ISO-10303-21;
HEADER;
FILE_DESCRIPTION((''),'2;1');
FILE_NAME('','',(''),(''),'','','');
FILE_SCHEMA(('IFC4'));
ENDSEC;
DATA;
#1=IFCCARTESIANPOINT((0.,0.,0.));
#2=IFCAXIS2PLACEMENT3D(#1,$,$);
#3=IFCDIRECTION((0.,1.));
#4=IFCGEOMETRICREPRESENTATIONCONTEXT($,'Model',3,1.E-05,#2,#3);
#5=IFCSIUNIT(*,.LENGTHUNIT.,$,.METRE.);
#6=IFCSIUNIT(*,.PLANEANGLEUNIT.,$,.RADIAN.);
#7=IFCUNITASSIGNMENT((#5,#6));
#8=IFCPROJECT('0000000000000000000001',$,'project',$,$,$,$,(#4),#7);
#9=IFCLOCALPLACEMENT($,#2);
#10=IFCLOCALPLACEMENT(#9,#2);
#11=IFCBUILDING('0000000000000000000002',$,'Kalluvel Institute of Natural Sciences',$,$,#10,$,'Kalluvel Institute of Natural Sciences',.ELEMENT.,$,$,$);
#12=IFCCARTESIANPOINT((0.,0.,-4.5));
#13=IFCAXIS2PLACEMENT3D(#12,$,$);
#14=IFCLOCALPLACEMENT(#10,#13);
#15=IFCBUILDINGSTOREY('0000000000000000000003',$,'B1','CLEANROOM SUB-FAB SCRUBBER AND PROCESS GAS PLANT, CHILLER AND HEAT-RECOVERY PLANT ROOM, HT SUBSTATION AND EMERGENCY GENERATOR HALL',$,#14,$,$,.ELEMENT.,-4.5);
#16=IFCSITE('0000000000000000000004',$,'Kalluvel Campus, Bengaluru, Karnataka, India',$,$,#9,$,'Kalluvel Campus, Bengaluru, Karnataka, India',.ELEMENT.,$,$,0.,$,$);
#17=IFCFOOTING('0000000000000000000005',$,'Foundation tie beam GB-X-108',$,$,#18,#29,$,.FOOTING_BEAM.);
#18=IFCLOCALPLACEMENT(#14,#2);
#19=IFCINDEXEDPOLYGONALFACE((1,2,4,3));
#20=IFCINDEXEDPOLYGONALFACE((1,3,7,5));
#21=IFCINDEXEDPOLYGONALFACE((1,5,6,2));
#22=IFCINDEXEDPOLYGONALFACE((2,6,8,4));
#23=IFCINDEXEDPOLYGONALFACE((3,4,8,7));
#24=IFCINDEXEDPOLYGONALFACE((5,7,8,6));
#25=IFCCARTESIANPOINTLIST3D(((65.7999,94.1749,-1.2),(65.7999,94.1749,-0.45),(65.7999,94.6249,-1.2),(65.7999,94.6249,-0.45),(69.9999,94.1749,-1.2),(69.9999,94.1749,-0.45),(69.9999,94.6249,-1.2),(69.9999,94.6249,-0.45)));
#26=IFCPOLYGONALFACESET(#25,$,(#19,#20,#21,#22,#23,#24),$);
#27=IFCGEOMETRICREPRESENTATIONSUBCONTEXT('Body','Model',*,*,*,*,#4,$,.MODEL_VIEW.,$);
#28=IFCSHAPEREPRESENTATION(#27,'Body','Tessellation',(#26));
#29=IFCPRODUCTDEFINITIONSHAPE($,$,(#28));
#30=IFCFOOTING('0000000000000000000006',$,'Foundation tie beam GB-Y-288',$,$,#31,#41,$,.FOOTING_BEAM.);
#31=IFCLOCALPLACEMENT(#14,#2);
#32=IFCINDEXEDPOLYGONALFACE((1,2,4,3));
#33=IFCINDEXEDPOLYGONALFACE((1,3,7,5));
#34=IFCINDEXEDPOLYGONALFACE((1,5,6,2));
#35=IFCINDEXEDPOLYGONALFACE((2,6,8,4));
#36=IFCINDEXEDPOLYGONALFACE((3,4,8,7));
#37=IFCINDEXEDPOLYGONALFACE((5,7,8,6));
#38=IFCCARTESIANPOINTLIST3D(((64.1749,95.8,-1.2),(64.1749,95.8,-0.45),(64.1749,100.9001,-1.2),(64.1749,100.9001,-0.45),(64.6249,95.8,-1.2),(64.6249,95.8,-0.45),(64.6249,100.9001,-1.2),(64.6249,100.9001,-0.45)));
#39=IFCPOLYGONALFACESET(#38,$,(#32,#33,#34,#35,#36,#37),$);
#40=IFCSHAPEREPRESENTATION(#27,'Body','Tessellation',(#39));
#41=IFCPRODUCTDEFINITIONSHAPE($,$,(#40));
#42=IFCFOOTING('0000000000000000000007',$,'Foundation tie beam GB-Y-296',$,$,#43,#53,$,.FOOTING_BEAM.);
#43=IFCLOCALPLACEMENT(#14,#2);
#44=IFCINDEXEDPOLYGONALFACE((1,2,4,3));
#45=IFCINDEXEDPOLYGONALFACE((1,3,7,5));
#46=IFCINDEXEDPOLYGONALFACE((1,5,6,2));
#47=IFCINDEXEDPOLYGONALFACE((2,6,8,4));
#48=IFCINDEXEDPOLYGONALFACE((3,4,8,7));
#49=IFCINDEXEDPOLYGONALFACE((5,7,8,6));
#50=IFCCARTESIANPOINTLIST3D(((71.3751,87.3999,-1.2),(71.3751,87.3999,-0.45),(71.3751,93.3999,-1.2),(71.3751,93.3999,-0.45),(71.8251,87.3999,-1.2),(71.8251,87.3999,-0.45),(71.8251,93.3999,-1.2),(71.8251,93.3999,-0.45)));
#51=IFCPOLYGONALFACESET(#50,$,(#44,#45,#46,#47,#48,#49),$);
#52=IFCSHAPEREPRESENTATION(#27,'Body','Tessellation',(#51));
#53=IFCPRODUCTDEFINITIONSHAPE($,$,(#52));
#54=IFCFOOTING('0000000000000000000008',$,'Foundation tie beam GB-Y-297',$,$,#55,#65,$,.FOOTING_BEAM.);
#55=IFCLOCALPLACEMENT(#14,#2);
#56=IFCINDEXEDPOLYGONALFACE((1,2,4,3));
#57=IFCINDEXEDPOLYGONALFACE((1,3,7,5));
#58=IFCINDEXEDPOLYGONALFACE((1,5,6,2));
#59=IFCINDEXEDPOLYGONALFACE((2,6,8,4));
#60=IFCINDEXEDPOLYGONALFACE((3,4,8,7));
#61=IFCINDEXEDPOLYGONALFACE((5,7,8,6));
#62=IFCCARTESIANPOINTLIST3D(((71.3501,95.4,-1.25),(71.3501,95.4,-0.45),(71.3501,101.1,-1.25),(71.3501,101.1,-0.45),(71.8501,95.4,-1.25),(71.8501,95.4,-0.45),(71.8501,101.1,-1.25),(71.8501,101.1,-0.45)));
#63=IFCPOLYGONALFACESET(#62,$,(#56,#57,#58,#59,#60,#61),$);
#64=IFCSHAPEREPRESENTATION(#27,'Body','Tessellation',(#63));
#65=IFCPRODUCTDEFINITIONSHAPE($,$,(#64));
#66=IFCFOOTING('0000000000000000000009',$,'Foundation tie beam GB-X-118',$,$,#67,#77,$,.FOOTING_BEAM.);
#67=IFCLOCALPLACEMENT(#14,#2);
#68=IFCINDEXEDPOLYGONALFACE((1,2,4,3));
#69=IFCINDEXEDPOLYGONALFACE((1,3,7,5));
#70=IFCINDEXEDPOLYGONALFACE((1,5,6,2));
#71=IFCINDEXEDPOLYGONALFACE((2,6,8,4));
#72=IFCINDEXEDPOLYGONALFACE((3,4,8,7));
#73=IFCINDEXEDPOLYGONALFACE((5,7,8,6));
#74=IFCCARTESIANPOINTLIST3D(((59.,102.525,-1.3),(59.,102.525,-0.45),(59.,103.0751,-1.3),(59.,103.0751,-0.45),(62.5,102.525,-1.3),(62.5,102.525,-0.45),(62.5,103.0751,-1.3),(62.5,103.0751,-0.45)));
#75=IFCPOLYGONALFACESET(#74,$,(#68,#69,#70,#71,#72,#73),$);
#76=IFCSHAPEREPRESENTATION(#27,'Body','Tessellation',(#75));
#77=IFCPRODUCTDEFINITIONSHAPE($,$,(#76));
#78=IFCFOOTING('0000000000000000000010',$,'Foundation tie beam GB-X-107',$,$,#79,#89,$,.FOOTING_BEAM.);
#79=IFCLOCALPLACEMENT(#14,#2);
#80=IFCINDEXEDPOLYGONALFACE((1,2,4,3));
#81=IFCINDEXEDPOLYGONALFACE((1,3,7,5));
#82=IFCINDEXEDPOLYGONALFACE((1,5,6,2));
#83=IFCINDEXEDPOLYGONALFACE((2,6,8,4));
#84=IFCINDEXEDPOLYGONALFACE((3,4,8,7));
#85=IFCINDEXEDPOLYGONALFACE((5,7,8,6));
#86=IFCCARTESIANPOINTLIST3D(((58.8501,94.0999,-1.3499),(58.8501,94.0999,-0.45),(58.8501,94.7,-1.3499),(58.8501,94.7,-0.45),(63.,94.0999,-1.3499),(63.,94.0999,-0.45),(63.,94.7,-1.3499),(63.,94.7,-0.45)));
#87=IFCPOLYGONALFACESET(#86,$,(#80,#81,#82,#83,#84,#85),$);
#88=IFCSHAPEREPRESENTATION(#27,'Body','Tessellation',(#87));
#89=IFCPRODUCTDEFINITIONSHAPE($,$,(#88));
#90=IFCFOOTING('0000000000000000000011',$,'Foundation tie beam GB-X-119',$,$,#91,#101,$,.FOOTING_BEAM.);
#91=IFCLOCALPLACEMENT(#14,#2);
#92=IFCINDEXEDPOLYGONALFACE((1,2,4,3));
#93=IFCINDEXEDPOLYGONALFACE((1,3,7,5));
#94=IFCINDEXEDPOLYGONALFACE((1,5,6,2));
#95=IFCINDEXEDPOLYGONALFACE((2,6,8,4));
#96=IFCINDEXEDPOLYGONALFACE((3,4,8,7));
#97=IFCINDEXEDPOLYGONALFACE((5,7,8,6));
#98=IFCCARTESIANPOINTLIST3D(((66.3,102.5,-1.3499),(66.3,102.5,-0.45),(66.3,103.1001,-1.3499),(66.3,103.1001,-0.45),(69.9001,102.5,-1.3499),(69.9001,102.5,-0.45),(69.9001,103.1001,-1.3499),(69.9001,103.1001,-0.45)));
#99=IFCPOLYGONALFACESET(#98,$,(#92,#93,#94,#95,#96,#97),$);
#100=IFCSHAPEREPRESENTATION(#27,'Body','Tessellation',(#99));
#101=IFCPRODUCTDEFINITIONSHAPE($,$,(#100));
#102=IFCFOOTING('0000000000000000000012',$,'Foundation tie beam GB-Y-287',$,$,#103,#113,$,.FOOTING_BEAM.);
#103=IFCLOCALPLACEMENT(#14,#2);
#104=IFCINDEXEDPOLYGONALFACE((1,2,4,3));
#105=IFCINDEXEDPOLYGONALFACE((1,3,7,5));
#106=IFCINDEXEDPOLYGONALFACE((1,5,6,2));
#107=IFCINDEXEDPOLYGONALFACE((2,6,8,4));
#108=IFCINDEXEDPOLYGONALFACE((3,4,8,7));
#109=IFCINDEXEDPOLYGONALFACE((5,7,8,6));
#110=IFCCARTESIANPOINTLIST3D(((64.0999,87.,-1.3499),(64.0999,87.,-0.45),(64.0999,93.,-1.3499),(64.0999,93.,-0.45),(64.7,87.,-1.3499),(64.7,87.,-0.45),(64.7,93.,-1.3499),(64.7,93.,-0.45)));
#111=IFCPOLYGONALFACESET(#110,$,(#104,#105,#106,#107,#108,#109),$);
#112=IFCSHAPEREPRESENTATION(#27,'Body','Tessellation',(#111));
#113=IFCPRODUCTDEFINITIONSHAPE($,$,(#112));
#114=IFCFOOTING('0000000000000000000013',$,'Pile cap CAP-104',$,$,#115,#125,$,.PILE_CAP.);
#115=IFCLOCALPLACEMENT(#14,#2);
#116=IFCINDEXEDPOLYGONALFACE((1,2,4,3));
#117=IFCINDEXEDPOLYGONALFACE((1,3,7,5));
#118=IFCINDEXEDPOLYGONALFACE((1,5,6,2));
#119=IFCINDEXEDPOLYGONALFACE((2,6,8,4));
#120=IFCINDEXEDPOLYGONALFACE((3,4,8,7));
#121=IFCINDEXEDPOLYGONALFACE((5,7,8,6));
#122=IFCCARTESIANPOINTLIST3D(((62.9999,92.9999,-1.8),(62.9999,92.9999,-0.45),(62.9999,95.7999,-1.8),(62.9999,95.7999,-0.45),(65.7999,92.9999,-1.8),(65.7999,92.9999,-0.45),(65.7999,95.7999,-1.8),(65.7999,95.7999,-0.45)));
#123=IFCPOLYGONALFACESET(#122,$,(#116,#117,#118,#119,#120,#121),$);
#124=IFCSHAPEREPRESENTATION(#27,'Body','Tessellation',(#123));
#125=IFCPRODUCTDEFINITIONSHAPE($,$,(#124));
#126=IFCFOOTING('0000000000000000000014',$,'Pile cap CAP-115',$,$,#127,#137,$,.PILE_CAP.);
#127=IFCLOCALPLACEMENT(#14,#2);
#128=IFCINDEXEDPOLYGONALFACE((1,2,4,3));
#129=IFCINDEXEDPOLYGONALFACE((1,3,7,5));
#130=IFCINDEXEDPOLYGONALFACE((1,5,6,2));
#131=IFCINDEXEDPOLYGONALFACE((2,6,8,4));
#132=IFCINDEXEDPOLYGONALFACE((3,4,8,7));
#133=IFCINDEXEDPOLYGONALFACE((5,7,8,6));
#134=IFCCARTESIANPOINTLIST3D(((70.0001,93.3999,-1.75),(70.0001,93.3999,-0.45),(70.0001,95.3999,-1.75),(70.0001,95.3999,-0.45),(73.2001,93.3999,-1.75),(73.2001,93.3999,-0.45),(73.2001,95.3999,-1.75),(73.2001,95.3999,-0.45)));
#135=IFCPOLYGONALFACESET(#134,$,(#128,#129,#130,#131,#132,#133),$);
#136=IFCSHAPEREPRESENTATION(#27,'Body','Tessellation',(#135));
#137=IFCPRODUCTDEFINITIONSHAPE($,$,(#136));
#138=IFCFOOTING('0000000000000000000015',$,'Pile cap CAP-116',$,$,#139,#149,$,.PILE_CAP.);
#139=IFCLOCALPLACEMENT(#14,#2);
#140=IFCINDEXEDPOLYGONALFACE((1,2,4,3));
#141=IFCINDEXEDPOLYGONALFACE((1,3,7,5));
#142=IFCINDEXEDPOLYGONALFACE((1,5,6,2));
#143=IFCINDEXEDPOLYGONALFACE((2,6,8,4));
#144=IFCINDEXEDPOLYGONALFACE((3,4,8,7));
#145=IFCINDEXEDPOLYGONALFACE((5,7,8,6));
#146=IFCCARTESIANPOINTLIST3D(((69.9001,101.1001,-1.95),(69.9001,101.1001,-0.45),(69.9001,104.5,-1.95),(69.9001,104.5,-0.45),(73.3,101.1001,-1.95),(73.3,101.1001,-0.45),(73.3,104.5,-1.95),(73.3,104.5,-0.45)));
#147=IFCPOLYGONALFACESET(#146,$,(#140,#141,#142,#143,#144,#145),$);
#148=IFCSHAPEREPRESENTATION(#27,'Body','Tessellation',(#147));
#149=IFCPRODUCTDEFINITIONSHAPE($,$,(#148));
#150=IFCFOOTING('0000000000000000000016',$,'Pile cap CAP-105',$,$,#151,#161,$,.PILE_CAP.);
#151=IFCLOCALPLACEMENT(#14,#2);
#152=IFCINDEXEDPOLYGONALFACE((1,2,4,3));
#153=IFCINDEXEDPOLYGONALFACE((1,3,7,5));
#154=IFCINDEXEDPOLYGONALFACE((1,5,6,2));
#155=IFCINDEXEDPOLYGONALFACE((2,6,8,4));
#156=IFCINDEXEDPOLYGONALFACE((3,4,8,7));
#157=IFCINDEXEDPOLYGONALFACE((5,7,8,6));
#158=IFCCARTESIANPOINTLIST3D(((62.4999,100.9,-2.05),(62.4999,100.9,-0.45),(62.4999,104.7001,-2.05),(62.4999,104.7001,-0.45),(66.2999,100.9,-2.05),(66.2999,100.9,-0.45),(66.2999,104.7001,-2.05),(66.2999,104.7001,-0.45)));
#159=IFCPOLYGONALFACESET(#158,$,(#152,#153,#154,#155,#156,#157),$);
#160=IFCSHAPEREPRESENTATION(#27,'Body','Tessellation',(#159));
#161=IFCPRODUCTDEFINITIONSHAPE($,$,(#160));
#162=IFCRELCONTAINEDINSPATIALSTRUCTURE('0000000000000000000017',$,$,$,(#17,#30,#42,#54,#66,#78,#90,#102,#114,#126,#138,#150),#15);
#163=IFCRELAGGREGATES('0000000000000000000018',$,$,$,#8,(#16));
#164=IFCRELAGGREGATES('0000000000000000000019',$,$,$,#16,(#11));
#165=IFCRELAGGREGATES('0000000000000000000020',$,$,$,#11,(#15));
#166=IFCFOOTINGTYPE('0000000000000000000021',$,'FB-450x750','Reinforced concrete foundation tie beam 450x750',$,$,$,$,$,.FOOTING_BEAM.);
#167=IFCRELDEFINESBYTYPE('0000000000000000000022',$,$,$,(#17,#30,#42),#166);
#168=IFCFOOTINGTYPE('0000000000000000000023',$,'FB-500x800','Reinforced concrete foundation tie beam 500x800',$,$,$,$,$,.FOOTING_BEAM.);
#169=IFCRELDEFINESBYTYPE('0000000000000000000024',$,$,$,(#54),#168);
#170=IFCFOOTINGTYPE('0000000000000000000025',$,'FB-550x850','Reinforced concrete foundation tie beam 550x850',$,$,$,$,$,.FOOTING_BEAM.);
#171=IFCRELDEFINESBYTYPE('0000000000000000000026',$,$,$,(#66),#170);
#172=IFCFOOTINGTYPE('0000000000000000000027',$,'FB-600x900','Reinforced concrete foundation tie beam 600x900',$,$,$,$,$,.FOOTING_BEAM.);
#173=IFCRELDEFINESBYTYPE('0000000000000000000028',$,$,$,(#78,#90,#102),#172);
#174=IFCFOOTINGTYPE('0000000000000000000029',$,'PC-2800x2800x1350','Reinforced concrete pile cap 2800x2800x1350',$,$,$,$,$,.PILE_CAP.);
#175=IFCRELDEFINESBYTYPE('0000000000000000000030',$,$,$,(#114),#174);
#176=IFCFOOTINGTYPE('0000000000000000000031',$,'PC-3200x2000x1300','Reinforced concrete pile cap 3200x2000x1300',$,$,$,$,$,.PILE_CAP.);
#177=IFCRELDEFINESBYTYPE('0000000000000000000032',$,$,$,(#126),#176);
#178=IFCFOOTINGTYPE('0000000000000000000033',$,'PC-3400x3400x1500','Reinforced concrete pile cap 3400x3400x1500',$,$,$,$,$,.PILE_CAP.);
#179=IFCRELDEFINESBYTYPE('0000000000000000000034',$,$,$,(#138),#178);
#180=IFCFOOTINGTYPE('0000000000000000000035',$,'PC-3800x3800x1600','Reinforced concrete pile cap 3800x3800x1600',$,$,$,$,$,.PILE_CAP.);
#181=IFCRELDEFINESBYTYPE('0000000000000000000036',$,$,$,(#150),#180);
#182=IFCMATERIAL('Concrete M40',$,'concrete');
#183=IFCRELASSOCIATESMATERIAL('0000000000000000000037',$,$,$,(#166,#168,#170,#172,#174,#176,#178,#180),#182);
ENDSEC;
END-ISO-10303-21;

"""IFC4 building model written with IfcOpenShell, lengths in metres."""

from ifc_helpers import new_model, si_unit, direction, frame, origin, origin_2d, place, context, subcontext, project, spatial, rectangle, extrude, material, type_object, element, save


model = new_model("IFC4")

# Units and contexts
model_context = context("Model", 3, precision=1e-05, world=origin(), true_north=direction((0.0, 1.0)))
body_context = subcontext(model_context, "Body", "Model", "MODEL_VIEW")
ifc_project = project(units=[si_unit("LENGTHUNIT", "METRE"), si_unit("PLANEANGLEUNIT", "RADIAN")], contexts=[model_context])

# Site, building, storey
site_placement = place(None, origin())
site = spatial("IfcSite", under=ifc_project, at=site_placement, Name="Kalluvel Campus, Bengaluru, Karnataka, India", LongName="Kalluvel Campus, Bengaluru, Karnataka, India", CompositionType="ELEMENT", RefElevation=0.0)
building_placement = place(site_placement, origin())
building = spatial("IfcBuilding", under=site, at=building_placement, Name="Kalluvel Institute of Natural Sciences", LongName="Kalluvel Institute of Natural Sciences", CompositionType="ELEMENT")
storey_placement = place(building_placement, frame((0.0, 0.0, -4.5)))
storey = spatial("IfcBuildingStorey", under=building, at=storey_placement, Name="B1", Description="CLEANROOM SUB-FAB SCRUBBER AND PROCESS GAS PLANT, CHILLER AND HEAT-RECOVERY PLANT ROOM, HT SUBSTATION AND EMERGENCY GENERATOR HALL", CompositionType="ELEMENT", Elevation=-4.5)

# Footings
ifc_material_1 = material(Name="Concrete M40", Category="concrete")
footing_type_1 = type_object("IfcFootingType", Name="FB-450x750", Description="Reinforced concrete foundation tie beam 450x750", PredefinedType="FOOTING_BEAM", material=ifc_material_1)
footing_1_placement = place(storey_placement, frame((67.8999, 94.3999, -1.2), z_axis=(0.0, 0.0, 1.0), x_axis=(1.0, 0.0, 0.0)))
element("IfcFooting", 1, at=footing_1_placement, inside=storey, type_object=footing_type_1, Name="Foundation tie beam GB-X-108", PredefinedType="FOOTING_BEAM", context=body_context, shape_type="SweptSolid", body=[
    extrude(rectangle(XDim=4.2, YDim=0.45, at=origin_2d()), origin(), (0.0, 0.0, 1.0), 0.75),
])
footing_2_placement = place(storey_placement, frame((64.3999, 98.3501, -1.2), z_axis=(0.0, 0.0, 1.0), x_axis=(1.0, 0.0, 0.0)))
element("IfcFooting", 2, at=footing_2_placement, inside=storey, type_object=footing_type_1, Name="Foundation tie beam GB-Y-288", PredefinedType="FOOTING_BEAM", context=body_context, shape_type="SweptSolid", body=[
    extrude(rectangle(XDim=0.45, YDim=5.1001, at=origin_2d()), origin(), (0.0, 0.0, 1.0), 0.75),
])
footing_3_placement = place(storey_placement, frame((71.6001, 90.3999, -1.2), z_axis=(0.0, 0.0, 1.0), x_axis=(1.0, 0.0, 0.0)))
element("IfcFooting", 3, at=footing_3_placement, inside=storey, type_object=footing_type_1, Name="Foundation tie beam GB-Y-296", PredefinedType="FOOTING_BEAM", context=body_context, shape_type="SweptSolid", body=[
    extrude(rectangle(XDim=0.45, YDim=6.0, at=origin_2d()), origin(), (0.0, 0.0, 1.0), 0.75),
])
footing_type_2 = type_object("IfcFootingType", Name="FB-500x800", Description="Reinforced concrete foundation tie beam 500x800", PredefinedType="FOOTING_BEAM", material=ifc_material_1)
footing_4_placement = place(storey_placement, frame((71.6001, 98.25, -1.25), z_axis=(0.0, 0.0, 1.0), x_axis=(1.0, 0.0, 0.0)))
element("IfcFooting", 4, at=footing_4_placement, inside=storey, type_object=footing_type_2, Name="Foundation tie beam GB-Y-297", PredefinedType="FOOTING_BEAM", context=body_context, shape_type="SweptSolid", body=[
    extrude(rectangle(XDim=0.5, YDim=5.7, at=origin_2d()), origin(), (0.0, 0.0, 1.0), 0.8),
])
footing_type_3 = type_object("IfcFootingType", Name="FB-550x850", Description="Reinforced concrete foundation tie beam 550x850", PredefinedType="FOOTING_BEAM", material=ifc_material_1)
footing_5_placement = place(storey_placement, frame((60.75, 102.8, -1.3), z_axis=(0.0, 0.0, 1.0), x_axis=(1.0, 0.0, 0.0)))
element("IfcFooting", 5, at=footing_5_placement, inside=storey, type_object=footing_type_3, Name="Foundation tie beam GB-X-118", PredefinedType="FOOTING_BEAM", context=body_context, shape_type="SweptSolid", body=[
    extrude(rectangle(XDim=3.5, YDim=0.55, at=origin_2d()), origin(), (0.0, 0.0, 1.0), 0.8501),
])
footing_type_4 = type_object("IfcFootingType", Name="FB-600x900", Description="Reinforced concrete foundation tie beam 600x900", PredefinedType="FOOTING_BEAM", material=ifc_material_1)
footing_6_placement = place(storey_placement, frame((60.925, 94.3999, -1.3499), z_axis=(0.0, 0.0, 1.0), x_axis=(1.0, 0.0, 0.0)))
element("IfcFooting", 6, at=footing_6_placement, inside=storey, type_object=footing_type_4, Name="Foundation tie beam GB-X-107", PredefinedType="FOOTING_BEAM", context=body_context, shape_type="SweptSolid", body=[
    extrude(rectangle(XDim=4.1499, YDim=0.6001, at=origin_2d()), origin(), (0.0, 0.0, 1.0), 0.8999),
])
footing_7_placement = place(storey_placement, frame((68.1001, 102.8, -1.3499), z_axis=(0.0, 0.0, 1.0), x_axis=(1.0, 0.0, 0.0)))
element("IfcFooting", 7, at=footing_7_placement, inside=storey, type_object=footing_type_4, Name="Foundation tie beam GB-X-119", PredefinedType="FOOTING_BEAM", context=body_context, shape_type="SweptSolid", body=[
    extrude(rectangle(XDim=3.6001, YDim=0.6001, at=origin_2d()), origin(), (0.0, 0.0, 1.0), 0.8999),
])
footing_8_placement = place(storey_placement, frame((64.3999, 90.0, -1.3499), z_axis=(0.0, 0.0, 1.0), x_axis=(1.0, 0.0, 0.0)))
element("IfcFooting", 8, at=footing_8_placement, inside=storey, type_object=footing_type_4, Name="Foundation tie beam GB-Y-287", PredefinedType="FOOTING_BEAM", context=body_context, shape_type="SweptSolid", body=[
    extrude(rectangle(XDim=0.6001, YDim=6.0, at=origin_2d()), origin(), (0.0, 0.0, 1.0), 0.8999),
])
footing_type_5 = type_object("IfcFootingType", Name="PC-2800x2800x1350", Description="Reinforced concrete pile cap 2800x2800x1350", PredefinedType="PILE_CAP", material=ifc_material_1)
footing_9_placement = place(storey_placement, frame((64.3999, 94.3999, -1.8), z_axis=(0.0, 0.0, 1.0), x_axis=(1.0, 0.0, 0.0)))
element("IfcFooting", 9, at=footing_9_placement, inside=storey, type_object=footing_type_5, Name="Pile cap CAP-104", PredefinedType="PILE_CAP", context=body_context, shape_type="SweptSolid", body=[
    extrude(rectangle(XDim=2.8, YDim=2.8, at=origin_2d()), origin(), (0.0, 0.0, 1.0), 1.3501),
])
footing_type_6 = type_object("IfcFootingType", Name="PC-3200x2000x1300", Description="Reinforced concrete pile cap 3200x2000x1300", PredefinedType="PILE_CAP", material=ifc_material_1)
footing_10_placement = place(storey_placement, frame((71.6001, 94.3999, -1.75), z_axis=(0.0, 0.0, 1.0), x_axis=(1.0, 0.0, 0.0)))
element("IfcFooting", 10, at=footing_10_placement, inside=storey, type_object=footing_type_6, Name="Pile cap CAP-115", PredefinedType="PILE_CAP", context=body_context, shape_type="SweptSolid", body=[
    extrude(rectangle(XDim=3.2, YDim=2.0, at=origin_2d()), origin(), (0.0, 0.0, 1.0), 1.3),
])
footing_type_7 = type_object("IfcFootingType", Name="PC-3400x3400x1500", Description="Reinforced concrete pile cap 3400x3400x1500", PredefinedType="PILE_CAP", material=ifc_material_1)
footing_11_placement = place(storey_placement, frame((71.6001, 102.8, -1.95), z_axis=(0.0, 0.0, 1.0), x_axis=(1.0, 0.0, 0.0)))
element("IfcFooting", 11, at=footing_11_placement, inside=storey, type_object=footing_type_7, Name="Pile cap CAP-116", PredefinedType="PILE_CAP", context=body_context, shape_type="SweptSolid", body=[
    extrude(rectangle(XDim=3.3999, YDim=3.3999, at=origin_2d()), origin(), (0.0, 0.0, 1.0), 1.5),
])
footing_type_8 = type_object("IfcFootingType", Name="PC-3800x3800x1600", Description="Reinforced concrete pile cap 3800x3800x1600", PredefinedType="PILE_CAP", material=ifc_material_1)
footing_12_placement = place(storey_placement, frame((64.3999, 102.8, -2.05), z_axis=(0.0, 0.0, 1.0), x_axis=(1.0, 0.0, 0.0)))
element("IfcFooting", 12, at=footing_12_placement, inside=storey, type_object=footing_type_8, Name="Pile cap CAP-105", PredefinedType="PILE_CAP", context=body_context, shape_type="SweptSolid", body=[
    extrude(rectangle(XDim=3.8, YDim=3.8, at=origin_2d()), origin(), (0.0, 0.0, 1.0), 1.6001),
])

save(model, "model.ifc")
